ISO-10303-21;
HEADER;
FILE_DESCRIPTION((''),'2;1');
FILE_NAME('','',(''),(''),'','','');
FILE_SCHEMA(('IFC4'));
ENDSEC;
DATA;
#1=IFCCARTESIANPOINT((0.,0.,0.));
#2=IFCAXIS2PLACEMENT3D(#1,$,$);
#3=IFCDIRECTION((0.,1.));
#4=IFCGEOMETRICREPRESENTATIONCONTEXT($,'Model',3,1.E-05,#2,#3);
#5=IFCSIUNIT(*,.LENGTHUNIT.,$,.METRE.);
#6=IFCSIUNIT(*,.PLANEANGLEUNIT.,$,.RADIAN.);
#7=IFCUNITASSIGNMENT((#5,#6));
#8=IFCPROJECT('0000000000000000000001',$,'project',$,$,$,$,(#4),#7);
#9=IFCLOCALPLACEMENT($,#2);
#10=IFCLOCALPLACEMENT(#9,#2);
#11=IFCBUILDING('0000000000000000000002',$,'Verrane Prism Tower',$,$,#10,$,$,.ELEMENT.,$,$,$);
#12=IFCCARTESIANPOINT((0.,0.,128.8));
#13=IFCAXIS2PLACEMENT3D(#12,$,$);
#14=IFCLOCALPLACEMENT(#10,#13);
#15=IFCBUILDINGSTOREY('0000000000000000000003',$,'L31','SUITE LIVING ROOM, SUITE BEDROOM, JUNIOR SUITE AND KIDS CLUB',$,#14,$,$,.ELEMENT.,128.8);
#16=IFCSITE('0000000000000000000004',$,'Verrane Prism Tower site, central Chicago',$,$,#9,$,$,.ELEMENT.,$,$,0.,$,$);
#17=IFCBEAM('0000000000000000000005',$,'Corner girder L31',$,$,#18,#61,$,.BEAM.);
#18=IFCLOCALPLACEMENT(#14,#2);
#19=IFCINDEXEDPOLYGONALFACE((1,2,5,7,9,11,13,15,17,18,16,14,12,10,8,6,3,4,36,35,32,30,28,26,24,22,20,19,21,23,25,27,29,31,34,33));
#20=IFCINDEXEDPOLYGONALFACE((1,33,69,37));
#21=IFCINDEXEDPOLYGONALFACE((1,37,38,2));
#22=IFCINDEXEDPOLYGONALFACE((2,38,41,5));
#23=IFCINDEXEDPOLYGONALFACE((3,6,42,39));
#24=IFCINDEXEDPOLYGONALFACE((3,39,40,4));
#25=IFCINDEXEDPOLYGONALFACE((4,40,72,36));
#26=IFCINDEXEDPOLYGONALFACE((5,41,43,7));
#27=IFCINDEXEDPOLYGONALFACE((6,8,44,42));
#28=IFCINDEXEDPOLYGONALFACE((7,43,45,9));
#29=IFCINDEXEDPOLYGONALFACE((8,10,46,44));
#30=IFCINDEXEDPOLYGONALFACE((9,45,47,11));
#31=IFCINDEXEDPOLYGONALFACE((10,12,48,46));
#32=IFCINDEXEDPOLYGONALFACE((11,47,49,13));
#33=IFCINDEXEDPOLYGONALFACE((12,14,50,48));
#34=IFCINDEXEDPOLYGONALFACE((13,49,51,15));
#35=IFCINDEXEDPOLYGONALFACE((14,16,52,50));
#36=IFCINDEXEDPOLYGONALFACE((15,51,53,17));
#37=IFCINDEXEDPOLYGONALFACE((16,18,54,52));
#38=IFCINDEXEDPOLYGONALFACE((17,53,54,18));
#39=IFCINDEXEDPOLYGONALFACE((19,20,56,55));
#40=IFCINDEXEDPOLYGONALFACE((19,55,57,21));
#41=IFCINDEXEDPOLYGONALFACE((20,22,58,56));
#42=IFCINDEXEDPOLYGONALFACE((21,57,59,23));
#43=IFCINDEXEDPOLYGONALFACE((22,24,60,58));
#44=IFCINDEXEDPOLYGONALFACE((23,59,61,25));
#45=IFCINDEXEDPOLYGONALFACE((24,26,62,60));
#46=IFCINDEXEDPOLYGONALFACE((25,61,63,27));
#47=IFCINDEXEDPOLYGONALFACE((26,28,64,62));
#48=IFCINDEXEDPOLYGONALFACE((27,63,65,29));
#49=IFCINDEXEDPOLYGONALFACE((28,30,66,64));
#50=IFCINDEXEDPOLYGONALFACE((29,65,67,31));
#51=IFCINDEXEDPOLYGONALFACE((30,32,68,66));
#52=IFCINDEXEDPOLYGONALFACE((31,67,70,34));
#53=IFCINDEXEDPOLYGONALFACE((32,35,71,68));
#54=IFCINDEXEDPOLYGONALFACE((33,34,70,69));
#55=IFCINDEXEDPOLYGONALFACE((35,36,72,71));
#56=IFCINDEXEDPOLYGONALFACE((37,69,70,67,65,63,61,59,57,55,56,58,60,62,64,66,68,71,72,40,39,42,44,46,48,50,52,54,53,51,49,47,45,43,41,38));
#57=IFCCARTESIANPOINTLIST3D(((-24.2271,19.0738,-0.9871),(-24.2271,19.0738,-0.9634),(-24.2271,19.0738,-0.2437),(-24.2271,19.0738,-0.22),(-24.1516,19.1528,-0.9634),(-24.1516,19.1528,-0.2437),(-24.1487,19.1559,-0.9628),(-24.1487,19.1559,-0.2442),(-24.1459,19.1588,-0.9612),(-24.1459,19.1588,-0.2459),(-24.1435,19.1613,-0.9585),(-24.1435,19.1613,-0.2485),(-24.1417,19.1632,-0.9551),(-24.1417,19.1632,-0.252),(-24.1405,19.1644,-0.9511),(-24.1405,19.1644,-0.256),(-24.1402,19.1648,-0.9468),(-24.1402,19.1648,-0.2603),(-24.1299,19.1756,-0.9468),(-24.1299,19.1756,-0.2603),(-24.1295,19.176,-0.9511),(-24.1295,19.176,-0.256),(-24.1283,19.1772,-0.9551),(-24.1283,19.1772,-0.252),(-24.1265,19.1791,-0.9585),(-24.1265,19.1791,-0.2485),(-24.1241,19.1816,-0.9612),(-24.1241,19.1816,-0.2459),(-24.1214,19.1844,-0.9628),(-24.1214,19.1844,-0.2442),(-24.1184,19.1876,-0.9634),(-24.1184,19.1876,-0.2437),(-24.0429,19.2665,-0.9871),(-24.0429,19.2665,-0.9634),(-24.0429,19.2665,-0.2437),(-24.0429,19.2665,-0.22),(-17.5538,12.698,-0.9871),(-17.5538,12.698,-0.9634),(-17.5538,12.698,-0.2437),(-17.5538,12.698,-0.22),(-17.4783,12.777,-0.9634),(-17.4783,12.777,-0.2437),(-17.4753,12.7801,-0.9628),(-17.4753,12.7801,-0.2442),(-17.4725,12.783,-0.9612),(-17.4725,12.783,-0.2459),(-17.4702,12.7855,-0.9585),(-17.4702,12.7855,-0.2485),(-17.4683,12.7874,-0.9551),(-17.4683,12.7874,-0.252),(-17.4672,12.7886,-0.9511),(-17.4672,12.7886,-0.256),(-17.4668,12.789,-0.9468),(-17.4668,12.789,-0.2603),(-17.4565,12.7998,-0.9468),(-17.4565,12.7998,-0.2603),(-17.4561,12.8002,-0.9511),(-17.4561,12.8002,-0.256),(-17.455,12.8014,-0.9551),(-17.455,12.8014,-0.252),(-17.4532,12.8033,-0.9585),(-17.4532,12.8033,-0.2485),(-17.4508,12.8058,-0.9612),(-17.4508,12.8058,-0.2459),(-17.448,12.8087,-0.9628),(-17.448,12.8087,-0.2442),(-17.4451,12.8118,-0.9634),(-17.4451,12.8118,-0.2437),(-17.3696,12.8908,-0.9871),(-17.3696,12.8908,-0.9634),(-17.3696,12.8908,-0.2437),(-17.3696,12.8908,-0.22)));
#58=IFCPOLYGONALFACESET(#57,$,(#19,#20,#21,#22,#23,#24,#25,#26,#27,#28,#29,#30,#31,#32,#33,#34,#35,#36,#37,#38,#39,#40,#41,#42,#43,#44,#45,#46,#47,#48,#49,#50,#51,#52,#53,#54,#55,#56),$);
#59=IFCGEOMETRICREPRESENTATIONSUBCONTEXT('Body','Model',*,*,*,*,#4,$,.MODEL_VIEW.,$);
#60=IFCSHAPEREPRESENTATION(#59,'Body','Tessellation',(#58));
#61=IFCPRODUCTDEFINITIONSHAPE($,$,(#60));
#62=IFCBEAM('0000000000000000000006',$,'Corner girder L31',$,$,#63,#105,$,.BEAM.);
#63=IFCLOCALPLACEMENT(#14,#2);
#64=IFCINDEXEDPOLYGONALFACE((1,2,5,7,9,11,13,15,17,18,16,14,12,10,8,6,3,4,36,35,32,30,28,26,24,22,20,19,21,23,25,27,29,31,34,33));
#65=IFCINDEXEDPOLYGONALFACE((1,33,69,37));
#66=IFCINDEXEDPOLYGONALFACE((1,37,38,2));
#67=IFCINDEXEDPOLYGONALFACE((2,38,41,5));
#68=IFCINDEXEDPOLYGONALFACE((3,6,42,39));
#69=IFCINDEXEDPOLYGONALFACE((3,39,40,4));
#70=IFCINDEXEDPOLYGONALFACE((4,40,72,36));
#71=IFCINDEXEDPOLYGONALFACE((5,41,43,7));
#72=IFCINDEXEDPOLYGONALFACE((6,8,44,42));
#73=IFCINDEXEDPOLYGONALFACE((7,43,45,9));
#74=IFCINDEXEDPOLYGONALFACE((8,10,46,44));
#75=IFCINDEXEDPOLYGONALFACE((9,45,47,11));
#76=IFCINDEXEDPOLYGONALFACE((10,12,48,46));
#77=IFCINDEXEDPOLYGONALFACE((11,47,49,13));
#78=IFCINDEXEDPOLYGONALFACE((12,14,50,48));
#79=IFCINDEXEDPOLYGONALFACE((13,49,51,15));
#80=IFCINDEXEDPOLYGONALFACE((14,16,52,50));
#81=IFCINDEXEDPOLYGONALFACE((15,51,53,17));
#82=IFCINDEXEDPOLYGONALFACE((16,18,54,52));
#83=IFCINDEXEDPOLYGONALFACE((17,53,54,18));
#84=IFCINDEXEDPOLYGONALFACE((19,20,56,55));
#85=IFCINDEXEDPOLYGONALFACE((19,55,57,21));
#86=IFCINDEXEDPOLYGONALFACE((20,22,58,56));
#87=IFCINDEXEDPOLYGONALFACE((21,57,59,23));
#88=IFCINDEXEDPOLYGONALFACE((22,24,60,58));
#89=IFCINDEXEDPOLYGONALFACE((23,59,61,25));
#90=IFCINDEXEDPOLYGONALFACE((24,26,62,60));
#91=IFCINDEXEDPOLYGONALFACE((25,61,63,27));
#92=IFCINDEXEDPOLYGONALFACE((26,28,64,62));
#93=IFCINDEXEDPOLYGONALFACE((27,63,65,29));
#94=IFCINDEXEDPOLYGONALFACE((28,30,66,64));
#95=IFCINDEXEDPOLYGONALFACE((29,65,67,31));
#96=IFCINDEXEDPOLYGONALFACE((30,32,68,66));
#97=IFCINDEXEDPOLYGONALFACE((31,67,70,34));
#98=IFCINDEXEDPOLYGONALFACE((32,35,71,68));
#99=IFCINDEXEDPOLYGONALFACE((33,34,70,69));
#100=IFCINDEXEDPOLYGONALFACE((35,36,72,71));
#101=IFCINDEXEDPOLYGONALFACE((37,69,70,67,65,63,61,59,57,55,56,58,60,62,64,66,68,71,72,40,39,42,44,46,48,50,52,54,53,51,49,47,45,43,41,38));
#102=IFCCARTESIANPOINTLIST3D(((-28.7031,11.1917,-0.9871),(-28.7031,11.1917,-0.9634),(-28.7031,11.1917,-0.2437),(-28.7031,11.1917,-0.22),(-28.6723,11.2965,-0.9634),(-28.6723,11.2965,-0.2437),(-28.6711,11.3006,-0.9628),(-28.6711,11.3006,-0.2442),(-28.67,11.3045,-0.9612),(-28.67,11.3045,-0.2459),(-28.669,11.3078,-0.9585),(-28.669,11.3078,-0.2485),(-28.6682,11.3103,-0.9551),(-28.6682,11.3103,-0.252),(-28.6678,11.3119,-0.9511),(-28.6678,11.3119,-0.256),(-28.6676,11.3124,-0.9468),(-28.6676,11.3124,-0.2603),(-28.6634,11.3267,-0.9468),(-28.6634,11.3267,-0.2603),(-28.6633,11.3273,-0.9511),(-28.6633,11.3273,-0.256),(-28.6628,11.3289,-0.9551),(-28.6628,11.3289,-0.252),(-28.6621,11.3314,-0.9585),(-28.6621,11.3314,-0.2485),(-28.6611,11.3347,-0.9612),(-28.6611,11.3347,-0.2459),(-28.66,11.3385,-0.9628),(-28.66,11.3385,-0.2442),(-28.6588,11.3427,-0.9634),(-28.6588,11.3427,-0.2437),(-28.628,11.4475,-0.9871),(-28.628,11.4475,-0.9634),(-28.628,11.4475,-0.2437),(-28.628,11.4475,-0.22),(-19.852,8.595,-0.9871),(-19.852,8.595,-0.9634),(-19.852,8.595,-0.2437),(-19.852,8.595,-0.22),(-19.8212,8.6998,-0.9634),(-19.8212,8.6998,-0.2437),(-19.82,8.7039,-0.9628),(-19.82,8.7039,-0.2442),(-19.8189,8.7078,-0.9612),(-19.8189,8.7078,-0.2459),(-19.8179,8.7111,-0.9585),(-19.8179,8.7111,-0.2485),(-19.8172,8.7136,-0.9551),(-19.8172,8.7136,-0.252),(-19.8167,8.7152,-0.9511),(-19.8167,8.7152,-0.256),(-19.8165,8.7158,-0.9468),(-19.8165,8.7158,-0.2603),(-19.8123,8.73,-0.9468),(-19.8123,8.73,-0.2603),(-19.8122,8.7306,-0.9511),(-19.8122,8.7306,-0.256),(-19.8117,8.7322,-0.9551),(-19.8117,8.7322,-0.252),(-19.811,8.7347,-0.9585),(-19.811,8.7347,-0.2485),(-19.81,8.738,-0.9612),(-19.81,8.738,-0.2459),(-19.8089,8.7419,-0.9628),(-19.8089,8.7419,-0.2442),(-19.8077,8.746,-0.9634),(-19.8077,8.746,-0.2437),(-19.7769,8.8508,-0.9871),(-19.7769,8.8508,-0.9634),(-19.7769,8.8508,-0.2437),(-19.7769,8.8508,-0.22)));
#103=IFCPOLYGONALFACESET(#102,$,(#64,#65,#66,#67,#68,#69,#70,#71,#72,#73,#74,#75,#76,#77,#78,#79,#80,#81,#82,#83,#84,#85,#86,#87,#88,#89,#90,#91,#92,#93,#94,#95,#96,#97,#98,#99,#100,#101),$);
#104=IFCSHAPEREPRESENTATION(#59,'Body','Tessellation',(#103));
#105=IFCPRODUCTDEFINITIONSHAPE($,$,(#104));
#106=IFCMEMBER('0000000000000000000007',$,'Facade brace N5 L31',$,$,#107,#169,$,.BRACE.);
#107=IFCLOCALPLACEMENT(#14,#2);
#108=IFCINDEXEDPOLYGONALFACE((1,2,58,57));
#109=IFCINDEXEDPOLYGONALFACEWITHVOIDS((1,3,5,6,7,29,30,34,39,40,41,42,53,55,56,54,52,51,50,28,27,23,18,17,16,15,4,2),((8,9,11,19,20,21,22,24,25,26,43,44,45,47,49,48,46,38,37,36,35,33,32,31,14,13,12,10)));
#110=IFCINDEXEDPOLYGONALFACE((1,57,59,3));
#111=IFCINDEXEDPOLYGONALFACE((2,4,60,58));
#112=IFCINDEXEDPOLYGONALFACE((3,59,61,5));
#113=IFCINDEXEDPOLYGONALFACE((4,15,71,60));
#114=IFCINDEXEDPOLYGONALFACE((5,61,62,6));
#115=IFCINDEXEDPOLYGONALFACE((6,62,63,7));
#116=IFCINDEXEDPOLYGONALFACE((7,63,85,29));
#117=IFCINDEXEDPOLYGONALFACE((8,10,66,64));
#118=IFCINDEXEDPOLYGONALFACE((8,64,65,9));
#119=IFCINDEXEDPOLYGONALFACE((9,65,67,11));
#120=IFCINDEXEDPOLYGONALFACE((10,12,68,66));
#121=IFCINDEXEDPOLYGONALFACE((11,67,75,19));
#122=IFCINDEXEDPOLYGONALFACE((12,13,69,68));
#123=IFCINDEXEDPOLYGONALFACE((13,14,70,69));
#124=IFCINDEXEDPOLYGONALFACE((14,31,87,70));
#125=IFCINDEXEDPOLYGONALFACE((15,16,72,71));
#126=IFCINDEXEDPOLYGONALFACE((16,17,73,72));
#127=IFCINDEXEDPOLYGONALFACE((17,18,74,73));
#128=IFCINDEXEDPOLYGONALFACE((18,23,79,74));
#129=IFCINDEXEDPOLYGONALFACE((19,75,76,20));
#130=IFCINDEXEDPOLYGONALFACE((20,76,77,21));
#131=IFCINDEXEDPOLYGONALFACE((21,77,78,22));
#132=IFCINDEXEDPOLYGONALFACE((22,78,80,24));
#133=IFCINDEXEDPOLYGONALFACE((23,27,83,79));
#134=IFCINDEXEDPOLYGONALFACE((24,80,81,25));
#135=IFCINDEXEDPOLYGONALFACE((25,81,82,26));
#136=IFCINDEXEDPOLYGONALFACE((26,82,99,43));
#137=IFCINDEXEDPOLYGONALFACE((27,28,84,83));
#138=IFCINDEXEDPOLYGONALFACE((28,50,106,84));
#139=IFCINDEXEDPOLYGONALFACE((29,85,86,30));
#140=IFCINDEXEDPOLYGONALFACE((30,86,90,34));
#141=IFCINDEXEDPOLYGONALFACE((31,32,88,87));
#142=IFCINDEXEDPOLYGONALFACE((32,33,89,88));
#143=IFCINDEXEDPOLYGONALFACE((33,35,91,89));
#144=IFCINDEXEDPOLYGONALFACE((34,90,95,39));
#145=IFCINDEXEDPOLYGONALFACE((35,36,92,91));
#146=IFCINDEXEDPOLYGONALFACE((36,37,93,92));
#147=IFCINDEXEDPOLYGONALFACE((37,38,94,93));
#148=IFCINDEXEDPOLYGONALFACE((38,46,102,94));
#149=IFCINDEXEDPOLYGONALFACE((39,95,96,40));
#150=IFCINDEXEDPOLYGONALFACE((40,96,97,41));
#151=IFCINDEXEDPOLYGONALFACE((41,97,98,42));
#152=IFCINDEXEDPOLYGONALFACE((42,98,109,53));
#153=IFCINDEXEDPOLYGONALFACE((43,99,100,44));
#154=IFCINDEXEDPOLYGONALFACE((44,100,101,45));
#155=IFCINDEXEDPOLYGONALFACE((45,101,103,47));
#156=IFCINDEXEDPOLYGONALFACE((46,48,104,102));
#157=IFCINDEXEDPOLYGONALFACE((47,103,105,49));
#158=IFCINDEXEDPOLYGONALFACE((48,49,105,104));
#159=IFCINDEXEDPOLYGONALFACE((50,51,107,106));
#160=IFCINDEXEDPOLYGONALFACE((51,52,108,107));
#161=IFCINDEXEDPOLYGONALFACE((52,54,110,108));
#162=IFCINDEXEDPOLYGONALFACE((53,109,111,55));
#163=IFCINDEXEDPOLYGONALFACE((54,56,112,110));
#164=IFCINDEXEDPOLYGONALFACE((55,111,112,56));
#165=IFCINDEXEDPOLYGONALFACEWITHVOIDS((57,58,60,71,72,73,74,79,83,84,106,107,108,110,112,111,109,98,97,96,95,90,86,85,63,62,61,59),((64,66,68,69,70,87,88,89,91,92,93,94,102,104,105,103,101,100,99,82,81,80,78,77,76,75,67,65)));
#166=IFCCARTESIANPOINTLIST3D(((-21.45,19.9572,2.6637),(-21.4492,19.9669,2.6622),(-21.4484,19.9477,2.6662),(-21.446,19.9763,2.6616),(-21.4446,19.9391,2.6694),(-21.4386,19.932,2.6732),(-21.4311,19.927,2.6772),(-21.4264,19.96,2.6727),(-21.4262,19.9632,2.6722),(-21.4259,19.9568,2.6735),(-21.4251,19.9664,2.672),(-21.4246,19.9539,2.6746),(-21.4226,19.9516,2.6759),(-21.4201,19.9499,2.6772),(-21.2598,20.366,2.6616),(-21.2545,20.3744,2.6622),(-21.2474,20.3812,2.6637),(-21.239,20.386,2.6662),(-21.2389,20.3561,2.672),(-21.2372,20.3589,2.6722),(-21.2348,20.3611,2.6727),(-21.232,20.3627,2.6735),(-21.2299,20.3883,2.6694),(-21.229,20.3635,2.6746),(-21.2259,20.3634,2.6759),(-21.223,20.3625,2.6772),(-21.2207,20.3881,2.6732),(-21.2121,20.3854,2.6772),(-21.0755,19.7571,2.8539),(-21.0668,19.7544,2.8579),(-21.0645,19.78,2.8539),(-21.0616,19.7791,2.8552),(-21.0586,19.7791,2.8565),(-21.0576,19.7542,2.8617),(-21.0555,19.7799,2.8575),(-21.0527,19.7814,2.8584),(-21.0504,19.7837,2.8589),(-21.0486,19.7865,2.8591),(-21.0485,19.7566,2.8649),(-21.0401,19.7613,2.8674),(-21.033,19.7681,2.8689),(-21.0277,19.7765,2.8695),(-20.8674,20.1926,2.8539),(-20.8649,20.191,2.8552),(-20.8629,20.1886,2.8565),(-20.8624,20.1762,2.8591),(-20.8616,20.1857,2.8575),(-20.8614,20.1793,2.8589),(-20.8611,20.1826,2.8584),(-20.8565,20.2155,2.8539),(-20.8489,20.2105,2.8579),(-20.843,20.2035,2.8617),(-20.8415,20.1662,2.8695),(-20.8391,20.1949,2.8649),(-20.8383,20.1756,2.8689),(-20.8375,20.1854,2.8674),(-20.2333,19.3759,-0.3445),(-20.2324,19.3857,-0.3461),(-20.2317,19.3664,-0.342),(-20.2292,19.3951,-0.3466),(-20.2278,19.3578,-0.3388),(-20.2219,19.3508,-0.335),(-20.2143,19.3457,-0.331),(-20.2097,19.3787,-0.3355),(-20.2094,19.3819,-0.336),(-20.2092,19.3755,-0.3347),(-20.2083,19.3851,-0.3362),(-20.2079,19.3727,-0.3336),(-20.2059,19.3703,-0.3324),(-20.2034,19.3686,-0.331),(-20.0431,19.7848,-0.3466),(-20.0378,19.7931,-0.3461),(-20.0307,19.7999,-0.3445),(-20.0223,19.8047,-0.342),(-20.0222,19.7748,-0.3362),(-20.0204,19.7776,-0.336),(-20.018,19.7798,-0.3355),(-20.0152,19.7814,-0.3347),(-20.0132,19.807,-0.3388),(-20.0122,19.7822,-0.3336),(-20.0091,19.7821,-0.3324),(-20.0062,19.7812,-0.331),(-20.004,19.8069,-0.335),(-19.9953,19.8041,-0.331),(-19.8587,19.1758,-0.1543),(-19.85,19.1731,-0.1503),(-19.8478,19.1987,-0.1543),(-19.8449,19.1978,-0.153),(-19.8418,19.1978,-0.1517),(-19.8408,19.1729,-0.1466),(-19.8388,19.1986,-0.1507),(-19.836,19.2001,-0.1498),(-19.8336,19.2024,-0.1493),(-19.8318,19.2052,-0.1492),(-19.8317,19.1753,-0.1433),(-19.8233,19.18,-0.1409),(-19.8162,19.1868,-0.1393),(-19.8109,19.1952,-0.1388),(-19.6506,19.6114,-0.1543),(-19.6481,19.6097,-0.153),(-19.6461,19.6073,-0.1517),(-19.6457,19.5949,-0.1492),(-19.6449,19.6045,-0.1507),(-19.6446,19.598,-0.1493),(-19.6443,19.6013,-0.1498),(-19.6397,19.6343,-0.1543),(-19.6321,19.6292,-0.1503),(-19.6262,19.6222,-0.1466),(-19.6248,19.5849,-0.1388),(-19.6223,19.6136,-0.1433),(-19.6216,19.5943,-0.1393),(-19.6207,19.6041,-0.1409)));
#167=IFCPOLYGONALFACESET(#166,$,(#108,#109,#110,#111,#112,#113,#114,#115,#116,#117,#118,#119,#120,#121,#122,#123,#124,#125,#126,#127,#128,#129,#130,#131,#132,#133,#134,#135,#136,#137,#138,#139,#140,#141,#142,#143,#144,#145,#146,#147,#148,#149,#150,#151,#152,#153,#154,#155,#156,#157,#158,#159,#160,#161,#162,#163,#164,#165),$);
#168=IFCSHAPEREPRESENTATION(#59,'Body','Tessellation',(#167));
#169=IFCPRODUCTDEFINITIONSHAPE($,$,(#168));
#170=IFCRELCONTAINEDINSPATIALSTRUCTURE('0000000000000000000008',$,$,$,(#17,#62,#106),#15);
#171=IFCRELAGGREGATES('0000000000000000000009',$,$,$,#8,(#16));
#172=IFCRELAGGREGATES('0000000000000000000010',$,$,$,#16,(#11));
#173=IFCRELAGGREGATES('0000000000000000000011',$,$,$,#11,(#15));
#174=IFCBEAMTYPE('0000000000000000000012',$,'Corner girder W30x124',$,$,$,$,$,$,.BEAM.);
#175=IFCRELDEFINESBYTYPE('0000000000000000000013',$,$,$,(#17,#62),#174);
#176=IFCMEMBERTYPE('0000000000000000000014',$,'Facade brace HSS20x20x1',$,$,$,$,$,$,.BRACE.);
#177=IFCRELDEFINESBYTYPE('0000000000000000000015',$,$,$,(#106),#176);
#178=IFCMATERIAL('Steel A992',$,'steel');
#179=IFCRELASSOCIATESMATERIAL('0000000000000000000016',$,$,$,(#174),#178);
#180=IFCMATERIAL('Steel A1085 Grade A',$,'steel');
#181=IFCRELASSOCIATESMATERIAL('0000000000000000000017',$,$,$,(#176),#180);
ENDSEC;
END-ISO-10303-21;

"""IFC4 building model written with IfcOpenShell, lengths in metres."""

from ifc_helpers import new_model, si_unit, direction, frame, origin, origin_2d, place, context, subcontext, project, spatial, hollow_rectangle, i_section, extrude, material, material_profile, profile_set, type_object, element, save


model = new_model("IFC4")

# Units and contexts
model_context = context("Model", 3, precision=1e-05, world=origin(), true_north=direction((0.0, 1.0)))
body_context = subcontext(model_context, "Body", "Model", "MODEL_VIEW")
ifc_project = project(units=[si_unit("LENGTHUNIT", "METRE"), si_unit("PLANEANGLEUNIT", "RADIAN")], contexts=[model_context])

# Site, building, storey
site_placement = place(None, origin())
site = spatial("IfcSite", under=ifc_project, at=site_placement, Name="Verrane Prism Tower site, central Chicago", CompositionType="ELEMENT", RefElevation=0.0)
building_placement = place(site_placement, origin())
building = spatial("IfcBuilding", under=site, at=building_placement, Name="Verrane Prism Tower", CompositionType="ELEMENT")
storey_placement = place(building_placement, frame((0.0, 0.0, 128.8)))
storey = spatial("IfcBuildingStorey", under=building, at=storey_placement, Name="L31", Description="SUITE LIVING ROOM, SUITE BEDROOM, JUNIOR SUITE AND KIDS CLUB", CompositionType="ELEMENT", Elevation=128.8)

# Beams
ifc_material_1 = material(Name="Steel A992", Category="steel")
ifc_material_profile_1 = material_profile(ifc_material_1, i_section(OverallWidth=0.2666, OverallDepth=0.7671, WebThickness=0.0149, FlangeThickness=0.0237, FilletRadius=0.0166, at=origin_2d()), Name="W30x124")
ifc_profile_set_1 = profile_set([ifc_material_profile_1], Name="Steel A992")
beam_type_1 = type_object("IfcBeamType", Name="Corner girder W30x124", PredefinedType="BEAM", material=ifc_profile_set_1)
beam_1_placement = place(storey_placement, frame((-24.135, 19.1702, -0.6035), z_axis=(0.723046, -0.6908, 0.0), x_axis=(0.6908, 0.723046, 0.0)))
element("IfcBeam", 1, at=beam_1_placement, inside=storey, type_object=beam_type_1, Name="Corner girder L31", PredefinedType="BEAM", context=body_context, shape_type="SweptSolid", body=[
    extrude(i_section(OverallWidth=0.2666, OverallDepth=0.7671, WebThickness=0.0149, FlangeThickness=0.0237, FilletRadius=0.0166, at=origin_2d()), origin(), (0.0, 0.0, 1.0), 9.2295),
])
beam_2_placement = place(storey_placement, frame((-28.6655, 11.3196, -0.6035), z_axis=(0.959558, -0.28151, 0.0), x_axis=(0.28151, 0.959558, 0.0)))
element("IfcBeam", 2, at=beam_2_placement, inside=storey, type_object=beam_type_1, Name="Corner girder L31", PredefinedType="BEAM", context=body_context, shape_type="SweptSolid", body=[
    extrude(i_section(OverallWidth=0.2666, OverallDepth=0.7671, WebThickness=0.0149, FlangeThickness=0.0237, FilletRadius=0.0166, at=origin_2d()), origin(), (0.0, 0.0, 1.0), 9.2241),
])

# Member
ifc_material_2 = material(Name="Steel A1085 Grade A", Category="steel")
ifc_material_profile_2 = material_profile(ifc_material_2, hollow_rectangle(XDim=0.5081, YDim=0.5081, WallThickness=0.0254, InnerFilletRadius=0.0127, OuterFilletRadius=0.0381, at=origin_2d()), Name="HSS20x20x1")
ifc_profile_set_2 = profile_set([ifc_material_profile_2], Name="Steel A1085 Grade A")
member_type_1 = type_object("IfcMemberType", Name="Facade brace HSS20x20x1", PredefinedType="BRACE", material=ifc_profile_set_2)
member_1_placement = place(storey_placement, frame((-19.927, 19.49, -0.2427), z_axis=(-0.369093, 0.176326, 0.912513), x_axis=(-0.431065, -0.902321, 0.0)))
element("IfcMember", 3, at=member_1_placement, inside=storey, type_object=member_type_1, Name="Facade brace N5 L31", PredefinedType="BRACE", context=body_context, shape_type="SweptSolid", body=[
    extrude(hollow_rectangle(XDim=0.5081, YDim=0.5081, WallThickness=0.0254, InnerFilletRadius=0.0127, OuterFilletRadius=0.0381, at=origin_2d()), origin(), (0.0, 0.0, 1.0), 3.2966),
])

save(model, "model.ifc")
